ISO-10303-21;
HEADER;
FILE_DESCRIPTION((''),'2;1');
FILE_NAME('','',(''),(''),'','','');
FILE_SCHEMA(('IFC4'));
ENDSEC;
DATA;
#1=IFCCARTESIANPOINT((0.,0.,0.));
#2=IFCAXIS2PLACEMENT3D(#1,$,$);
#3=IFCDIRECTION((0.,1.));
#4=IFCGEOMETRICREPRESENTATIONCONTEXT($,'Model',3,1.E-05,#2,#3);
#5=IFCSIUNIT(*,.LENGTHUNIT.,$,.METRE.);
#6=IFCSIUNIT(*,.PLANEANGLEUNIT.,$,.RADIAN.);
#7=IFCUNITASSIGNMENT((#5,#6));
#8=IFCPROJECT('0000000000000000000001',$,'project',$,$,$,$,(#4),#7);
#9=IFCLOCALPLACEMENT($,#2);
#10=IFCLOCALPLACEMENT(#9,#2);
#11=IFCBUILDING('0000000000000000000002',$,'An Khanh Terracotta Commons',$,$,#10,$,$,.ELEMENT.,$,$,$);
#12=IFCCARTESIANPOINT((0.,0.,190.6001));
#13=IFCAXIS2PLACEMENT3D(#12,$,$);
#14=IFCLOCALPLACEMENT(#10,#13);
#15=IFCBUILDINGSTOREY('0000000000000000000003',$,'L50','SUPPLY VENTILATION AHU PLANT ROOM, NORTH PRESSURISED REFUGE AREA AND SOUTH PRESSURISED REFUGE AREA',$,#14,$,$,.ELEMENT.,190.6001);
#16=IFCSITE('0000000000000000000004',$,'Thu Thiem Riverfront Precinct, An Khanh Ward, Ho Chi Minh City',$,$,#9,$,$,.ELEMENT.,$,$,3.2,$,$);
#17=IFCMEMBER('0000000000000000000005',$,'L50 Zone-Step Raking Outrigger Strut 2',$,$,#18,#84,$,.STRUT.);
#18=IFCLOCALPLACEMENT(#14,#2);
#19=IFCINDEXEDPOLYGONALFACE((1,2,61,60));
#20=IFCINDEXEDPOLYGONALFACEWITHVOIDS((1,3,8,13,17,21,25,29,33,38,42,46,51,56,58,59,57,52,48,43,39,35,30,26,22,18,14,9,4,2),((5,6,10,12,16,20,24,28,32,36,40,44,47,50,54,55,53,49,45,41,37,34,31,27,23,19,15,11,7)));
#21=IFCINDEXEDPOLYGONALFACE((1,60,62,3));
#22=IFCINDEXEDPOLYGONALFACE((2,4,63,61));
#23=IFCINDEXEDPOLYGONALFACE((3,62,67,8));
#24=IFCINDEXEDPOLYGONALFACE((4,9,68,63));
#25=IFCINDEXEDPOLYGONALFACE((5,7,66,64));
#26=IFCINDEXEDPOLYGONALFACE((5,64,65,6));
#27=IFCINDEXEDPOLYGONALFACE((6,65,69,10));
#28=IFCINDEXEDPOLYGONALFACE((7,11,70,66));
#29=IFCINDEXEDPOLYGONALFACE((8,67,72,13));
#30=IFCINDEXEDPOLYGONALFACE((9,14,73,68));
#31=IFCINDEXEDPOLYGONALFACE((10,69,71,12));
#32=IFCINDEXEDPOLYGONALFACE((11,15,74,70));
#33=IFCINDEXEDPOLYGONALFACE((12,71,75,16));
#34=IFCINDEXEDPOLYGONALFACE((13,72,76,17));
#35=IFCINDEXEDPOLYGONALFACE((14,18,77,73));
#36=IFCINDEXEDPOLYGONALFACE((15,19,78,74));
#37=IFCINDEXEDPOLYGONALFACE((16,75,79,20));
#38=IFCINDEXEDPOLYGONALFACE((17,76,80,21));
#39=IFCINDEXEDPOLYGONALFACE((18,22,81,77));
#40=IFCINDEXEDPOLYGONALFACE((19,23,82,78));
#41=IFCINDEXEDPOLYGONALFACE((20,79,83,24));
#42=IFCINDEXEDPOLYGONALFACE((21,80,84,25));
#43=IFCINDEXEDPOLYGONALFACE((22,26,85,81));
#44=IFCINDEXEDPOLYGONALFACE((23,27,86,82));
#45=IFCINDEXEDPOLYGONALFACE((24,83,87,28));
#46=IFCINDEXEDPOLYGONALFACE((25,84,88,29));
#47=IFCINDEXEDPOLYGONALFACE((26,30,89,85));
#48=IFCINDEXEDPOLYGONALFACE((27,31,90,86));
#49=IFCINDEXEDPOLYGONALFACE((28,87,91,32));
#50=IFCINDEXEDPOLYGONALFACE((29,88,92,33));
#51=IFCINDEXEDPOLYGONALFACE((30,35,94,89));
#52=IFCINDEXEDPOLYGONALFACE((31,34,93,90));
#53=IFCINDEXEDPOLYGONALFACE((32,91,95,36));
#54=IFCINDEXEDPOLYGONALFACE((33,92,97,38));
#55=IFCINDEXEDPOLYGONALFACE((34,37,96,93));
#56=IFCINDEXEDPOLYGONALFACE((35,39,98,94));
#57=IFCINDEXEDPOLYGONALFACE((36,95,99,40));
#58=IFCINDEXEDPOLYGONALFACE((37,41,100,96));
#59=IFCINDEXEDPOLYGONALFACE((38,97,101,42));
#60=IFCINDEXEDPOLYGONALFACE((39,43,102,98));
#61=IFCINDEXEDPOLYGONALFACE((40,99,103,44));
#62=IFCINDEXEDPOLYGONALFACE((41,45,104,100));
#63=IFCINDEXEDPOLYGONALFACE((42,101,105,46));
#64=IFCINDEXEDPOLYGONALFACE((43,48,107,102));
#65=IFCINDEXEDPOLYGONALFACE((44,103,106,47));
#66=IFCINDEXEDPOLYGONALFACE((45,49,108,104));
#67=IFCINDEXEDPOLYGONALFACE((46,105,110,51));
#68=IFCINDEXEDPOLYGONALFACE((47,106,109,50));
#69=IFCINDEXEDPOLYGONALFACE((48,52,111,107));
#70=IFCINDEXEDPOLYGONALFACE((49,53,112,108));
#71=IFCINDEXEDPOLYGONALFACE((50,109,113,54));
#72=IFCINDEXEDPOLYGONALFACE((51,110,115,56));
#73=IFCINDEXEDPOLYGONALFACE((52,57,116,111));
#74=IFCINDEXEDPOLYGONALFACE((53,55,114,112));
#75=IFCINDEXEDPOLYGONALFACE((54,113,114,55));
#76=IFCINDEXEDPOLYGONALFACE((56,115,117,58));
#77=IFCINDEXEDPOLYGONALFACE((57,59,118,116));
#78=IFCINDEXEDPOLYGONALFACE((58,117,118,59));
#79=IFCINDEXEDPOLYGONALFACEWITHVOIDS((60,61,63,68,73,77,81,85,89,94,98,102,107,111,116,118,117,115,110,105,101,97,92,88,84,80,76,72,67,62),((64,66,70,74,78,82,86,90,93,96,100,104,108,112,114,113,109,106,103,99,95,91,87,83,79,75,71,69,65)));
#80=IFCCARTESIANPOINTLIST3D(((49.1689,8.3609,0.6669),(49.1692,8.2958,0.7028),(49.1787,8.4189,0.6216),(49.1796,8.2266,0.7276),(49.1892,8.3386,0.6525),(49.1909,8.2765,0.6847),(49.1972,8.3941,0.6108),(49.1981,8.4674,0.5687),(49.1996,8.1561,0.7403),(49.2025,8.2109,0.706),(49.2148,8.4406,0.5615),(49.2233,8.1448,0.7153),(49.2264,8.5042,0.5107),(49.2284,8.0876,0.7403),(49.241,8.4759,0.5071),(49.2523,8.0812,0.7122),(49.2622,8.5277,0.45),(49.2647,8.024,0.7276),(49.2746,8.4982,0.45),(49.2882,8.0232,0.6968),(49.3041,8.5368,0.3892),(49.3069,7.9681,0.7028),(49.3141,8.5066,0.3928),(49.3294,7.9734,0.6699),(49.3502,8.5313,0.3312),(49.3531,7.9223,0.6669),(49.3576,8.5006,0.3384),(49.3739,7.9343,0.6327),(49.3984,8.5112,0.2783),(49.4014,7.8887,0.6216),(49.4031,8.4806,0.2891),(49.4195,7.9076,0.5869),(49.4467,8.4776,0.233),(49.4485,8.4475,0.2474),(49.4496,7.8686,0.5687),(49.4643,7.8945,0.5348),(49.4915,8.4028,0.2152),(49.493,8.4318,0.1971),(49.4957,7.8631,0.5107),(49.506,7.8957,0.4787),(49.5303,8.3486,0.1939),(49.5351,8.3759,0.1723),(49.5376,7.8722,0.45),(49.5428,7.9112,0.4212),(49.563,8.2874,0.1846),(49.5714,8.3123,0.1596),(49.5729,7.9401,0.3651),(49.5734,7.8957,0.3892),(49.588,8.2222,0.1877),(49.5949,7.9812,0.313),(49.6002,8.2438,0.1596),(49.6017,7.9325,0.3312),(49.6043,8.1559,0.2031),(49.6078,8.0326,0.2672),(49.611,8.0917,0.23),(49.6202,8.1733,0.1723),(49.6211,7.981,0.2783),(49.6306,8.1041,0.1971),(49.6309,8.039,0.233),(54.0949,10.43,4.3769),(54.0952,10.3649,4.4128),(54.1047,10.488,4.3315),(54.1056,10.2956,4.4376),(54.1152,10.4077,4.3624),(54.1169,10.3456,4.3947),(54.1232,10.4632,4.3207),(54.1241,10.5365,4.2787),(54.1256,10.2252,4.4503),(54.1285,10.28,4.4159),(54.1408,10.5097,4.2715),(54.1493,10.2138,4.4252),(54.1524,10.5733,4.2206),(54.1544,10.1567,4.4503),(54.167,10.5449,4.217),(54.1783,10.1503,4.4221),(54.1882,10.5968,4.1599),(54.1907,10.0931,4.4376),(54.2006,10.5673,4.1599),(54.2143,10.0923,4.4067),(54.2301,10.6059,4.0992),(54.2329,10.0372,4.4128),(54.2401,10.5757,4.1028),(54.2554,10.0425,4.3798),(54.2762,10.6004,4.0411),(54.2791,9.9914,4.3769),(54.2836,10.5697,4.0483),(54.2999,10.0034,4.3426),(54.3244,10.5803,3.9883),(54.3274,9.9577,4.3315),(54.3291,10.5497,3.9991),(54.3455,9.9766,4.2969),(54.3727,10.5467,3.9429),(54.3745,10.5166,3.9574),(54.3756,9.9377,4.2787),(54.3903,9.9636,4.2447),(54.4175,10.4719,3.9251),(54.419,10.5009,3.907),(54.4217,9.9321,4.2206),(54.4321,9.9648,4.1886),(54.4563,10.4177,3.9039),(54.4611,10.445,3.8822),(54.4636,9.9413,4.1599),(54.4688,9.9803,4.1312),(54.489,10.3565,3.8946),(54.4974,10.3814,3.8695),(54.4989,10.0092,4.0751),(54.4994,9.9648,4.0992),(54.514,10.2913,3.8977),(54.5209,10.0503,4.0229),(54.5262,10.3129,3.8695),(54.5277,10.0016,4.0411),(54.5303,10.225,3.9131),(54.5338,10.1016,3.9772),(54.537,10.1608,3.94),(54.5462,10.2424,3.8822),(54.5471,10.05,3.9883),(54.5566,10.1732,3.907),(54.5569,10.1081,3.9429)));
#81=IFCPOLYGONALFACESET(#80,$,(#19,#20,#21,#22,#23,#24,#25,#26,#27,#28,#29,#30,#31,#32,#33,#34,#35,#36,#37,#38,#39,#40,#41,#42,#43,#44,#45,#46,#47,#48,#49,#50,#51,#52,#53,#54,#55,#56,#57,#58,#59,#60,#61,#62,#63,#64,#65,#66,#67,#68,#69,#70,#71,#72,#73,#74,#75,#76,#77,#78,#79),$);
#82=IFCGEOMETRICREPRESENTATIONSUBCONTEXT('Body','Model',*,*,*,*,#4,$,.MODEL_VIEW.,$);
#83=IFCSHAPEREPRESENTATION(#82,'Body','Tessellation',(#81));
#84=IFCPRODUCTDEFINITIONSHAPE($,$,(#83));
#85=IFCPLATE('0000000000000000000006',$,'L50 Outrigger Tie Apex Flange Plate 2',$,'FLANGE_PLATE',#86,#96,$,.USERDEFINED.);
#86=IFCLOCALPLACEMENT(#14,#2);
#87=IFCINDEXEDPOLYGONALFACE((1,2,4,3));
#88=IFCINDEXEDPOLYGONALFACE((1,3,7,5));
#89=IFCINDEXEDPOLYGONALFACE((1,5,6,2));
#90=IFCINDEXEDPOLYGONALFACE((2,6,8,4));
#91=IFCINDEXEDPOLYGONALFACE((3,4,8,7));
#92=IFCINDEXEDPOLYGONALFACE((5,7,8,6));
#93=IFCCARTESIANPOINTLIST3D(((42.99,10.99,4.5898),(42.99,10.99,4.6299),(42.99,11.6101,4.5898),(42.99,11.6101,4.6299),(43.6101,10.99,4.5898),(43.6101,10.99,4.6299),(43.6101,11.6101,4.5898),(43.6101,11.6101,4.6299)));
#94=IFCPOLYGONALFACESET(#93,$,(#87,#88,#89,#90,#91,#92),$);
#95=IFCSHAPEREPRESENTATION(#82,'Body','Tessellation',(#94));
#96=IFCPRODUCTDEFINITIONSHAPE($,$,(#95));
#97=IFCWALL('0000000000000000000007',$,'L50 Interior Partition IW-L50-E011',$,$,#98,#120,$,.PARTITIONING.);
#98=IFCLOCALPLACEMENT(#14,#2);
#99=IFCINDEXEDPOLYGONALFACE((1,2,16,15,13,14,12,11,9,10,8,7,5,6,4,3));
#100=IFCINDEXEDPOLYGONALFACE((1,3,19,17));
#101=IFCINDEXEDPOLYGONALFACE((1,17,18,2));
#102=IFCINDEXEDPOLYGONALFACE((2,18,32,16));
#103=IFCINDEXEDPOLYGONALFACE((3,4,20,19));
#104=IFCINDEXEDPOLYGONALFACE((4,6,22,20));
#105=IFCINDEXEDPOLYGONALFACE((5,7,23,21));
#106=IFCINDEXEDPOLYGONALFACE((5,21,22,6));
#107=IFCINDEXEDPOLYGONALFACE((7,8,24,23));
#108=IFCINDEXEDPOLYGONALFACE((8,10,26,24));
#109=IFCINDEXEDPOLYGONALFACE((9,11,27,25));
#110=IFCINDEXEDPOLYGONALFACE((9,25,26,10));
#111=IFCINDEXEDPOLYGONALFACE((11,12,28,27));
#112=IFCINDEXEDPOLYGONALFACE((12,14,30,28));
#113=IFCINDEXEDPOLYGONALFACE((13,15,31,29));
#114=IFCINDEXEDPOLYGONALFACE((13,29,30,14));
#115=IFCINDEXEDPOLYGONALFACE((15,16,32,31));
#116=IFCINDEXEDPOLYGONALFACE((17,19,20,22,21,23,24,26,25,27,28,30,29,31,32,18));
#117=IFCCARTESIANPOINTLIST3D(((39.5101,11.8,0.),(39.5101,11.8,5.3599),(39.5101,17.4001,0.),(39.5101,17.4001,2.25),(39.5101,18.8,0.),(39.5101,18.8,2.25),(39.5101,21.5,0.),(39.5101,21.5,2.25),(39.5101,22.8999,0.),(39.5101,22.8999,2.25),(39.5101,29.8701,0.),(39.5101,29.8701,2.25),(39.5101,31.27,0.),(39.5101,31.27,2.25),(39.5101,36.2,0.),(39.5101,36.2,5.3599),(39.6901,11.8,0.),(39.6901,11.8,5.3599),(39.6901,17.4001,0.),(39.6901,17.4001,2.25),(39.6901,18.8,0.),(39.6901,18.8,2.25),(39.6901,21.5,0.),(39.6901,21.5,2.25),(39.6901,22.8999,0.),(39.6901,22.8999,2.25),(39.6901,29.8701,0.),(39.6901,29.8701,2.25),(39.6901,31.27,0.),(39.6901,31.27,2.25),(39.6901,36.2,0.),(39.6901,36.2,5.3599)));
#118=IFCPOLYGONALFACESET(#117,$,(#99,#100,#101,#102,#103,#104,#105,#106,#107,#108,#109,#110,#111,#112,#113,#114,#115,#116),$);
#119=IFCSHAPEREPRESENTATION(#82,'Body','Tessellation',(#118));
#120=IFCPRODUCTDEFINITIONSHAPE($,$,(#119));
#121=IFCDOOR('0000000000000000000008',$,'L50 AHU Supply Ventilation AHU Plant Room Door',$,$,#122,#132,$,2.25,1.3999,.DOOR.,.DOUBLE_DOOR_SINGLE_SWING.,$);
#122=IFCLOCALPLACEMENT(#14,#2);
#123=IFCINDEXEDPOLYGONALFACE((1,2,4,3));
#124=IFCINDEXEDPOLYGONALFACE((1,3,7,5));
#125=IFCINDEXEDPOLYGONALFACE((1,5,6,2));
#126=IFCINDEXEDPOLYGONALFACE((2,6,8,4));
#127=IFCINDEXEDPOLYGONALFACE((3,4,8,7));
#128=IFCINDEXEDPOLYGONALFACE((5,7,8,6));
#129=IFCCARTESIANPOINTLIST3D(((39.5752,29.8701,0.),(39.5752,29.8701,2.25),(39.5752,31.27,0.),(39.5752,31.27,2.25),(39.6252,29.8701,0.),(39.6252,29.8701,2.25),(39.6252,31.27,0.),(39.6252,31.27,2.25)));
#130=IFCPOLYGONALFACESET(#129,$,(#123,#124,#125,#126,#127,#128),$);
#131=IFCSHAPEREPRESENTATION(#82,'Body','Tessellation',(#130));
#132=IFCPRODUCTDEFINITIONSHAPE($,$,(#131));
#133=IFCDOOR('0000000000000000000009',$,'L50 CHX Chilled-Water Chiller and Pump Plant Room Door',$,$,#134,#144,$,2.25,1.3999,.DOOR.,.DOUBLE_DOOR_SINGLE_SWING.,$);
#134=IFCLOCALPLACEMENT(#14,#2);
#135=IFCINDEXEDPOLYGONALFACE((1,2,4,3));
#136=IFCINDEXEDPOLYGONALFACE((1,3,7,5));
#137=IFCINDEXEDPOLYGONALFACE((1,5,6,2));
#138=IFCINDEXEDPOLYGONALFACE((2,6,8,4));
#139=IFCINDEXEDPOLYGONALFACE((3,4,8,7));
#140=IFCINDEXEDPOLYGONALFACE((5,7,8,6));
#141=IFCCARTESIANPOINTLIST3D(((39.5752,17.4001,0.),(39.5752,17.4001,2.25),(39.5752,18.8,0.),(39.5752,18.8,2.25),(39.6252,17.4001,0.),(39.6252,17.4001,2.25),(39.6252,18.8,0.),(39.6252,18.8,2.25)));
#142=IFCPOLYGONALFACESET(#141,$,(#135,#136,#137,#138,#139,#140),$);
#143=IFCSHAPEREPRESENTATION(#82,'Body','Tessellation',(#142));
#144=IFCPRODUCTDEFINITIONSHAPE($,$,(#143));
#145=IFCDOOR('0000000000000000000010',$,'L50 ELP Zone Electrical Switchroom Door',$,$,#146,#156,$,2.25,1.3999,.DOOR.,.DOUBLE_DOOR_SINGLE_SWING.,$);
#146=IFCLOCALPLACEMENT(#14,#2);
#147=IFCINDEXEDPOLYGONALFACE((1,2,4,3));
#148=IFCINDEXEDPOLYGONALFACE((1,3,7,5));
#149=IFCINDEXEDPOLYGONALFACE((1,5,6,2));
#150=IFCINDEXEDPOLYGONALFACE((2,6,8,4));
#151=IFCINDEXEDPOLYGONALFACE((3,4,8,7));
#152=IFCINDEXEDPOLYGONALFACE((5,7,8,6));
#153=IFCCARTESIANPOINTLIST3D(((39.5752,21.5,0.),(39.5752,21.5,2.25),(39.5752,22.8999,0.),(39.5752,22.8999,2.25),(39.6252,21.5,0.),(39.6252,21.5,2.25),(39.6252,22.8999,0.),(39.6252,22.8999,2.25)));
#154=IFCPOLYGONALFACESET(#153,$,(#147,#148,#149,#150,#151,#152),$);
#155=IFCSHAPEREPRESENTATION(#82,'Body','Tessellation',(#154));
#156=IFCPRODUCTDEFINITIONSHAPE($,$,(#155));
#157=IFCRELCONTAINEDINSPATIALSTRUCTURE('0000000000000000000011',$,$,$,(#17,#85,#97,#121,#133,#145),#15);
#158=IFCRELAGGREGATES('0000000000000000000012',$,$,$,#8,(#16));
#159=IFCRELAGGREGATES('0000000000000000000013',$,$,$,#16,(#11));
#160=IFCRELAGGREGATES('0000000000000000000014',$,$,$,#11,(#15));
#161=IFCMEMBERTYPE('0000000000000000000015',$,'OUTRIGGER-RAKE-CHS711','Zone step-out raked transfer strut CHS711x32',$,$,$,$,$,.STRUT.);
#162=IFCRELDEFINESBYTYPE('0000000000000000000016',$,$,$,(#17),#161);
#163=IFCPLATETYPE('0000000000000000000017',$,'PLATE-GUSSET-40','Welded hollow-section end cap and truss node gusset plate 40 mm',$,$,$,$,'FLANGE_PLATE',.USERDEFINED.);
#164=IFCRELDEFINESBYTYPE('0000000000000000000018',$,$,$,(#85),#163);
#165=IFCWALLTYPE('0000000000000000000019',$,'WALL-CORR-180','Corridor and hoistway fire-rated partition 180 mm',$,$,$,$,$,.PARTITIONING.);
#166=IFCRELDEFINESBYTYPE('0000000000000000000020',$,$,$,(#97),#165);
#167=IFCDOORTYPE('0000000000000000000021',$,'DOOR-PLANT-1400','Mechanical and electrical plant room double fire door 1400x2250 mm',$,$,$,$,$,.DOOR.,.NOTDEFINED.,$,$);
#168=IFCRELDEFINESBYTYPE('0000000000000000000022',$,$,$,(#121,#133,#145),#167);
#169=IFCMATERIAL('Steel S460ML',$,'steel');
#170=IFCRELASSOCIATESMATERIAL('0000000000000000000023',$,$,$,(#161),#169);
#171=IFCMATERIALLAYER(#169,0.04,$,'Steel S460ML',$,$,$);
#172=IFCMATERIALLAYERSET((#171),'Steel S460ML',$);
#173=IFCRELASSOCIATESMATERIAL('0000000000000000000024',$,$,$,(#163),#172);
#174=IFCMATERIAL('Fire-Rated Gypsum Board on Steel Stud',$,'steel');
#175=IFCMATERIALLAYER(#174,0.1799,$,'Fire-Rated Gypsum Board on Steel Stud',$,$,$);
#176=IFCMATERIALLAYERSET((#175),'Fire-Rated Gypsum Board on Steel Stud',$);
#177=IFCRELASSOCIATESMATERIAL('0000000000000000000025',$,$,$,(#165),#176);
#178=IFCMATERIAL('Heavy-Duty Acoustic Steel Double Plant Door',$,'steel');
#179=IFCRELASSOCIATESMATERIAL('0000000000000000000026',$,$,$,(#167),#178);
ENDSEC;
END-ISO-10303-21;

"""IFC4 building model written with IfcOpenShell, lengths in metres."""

from ifc_helpers import new_model, si_unit, direction, frame, frame_2d, origin, origin_2d, place, context, subcontext, project, spatial, rectangle, hollow_circle, extrude, material, layer, layer_set, material_profile, profile_set, type_object, element, fill, save


model = new_model("IFC4")

# Units and contexts
model_context = context("Model", 3, precision=1e-05, world=origin(), true_north=direction((0.0, 1.0)))
body_context = subcontext(model_context, "Body", "Model", "MODEL_VIEW")
ifc_project = project(units=[si_unit("LENGTHUNIT", "METRE"), si_unit("PLANEANGLEUNIT", "RADIAN")], contexts=[model_context])

# Site, building, storey
site_placement = place(None, origin())
site = spatial("IfcSite", under=ifc_project, at=site_placement, Name="Thu Thiem Riverfront Precinct, An Khanh Ward, Ho Chi Minh City", CompositionType="ELEMENT", RefElevation=3.2)
building_placement = place(site_placement, origin())
building = spatial("IfcBuilding", under=site, at=building_placement, Name="An Khanh Terracotta Commons", CompositionType="ELEMENT")
storey_placement = place(building_placement, frame((0.0, 0.0, 190.6001)))
storey = spatial("IfcBuildingStorey", under=building, at=storey_placement, Name="L50", Description="SUPPLY VENTILATION AHU PLANT ROOM, NORTH PRESSURISED REFUGE AREA AND SOUTH PRESSURISED REFUGE AREA", CompositionType="ELEMENT", Elevation=190.6001)

# Shared definitions
ifc_material_1 = material(Name="Steel S460ML", Category="steel")

# Member
ifc_material_profile_1 = material_profile(ifc_material_1, hollow_circle(Radius=0.3555, WallThickness=0.032, at=origin_2d()), Name="CHS711x32")
ifc_profile_set_1 = profile_set([ifc_material_profile_1], Name="Steel S460ML")
member_type_1 = type_object("IfcMemberType", Name="OUTRIGGER-RAKE-CHS711", Description="Zone step-out raked transfer strut CHS711x32", PredefinedType="STRUT", material=ifc_profile_set_1)
member_1_placement = place(storey_placement, frame((49.3999, 8.2, 0.45), z_axis=(0.757306, 0.318093, 0.570354), x_axis=(-0.387258, 0.921971, 0.0)))
element("IfcMember", 1, at=member_1_placement, inside=storey, type_object=member_type_1, Name="L50 Zone-Step Raking Outrigger Strut 2", PredefinedType="STRUT", context=body_context, shape_type="SweptSolid", body=[
    extrude(hollow_circle(Radius=0.3555, WallThickness=0.032, at=origin_2d()), origin(), (0.0, 0.0, 1.0), 6.5046),
])

# Plate
ifc_layer_1 = layer(ifc_material_1, 0.04, Name="Steel S460ML")
ifc_layer_set_1 = layer_set([ifc_layer_1], Name="Steel S460ML")
plate_type = type_object("IfcPlateType", Name="PLATE-GUSSET-40", Description="Welded hollow-section end cap and truss node gusset plate 40 mm", ElementType="FLANGE_PLATE", PredefinedType="USERDEFINED", material=ifc_layer_set_1)
plate_placement = place(storey_placement, frame((43.3, 11.3, 4.5898), z_axis=(0.0, 0.0, 1.0), x_axis=(1.0, 0.0, 0.0)))
element("IfcPlate", 2, at=plate_placement, inside=storey, type_object=plate_type, Name="L50 Outrigger Tie Apex Flange Plate 2", ObjectType="FLANGE_PLATE", PredefinedType="USERDEFINED", context=body_context, shape_type="SweptSolid", body=[
    extrude(rectangle(XDim=0.6201, YDim=0.6201, at=origin_2d()), origin(), (0.0, 0.0, 1.0), 0.04),
])

# Wall, openings, doors
ifc_material_2 = material(Name="Fire-Rated Gypsum Board on Steel Stud", Category="steel")
ifc_layer_2 = layer(ifc_material_2, 0.1799, Name="Fire-Rated Gypsum Board on Steel Stud")
ifc_layer_set_2 = layer_set([ifc_layer_2], Name="Fire-Rated Gypsum Board on Steel Stud")
wall_type = type_object("IfcWallType", Name="WALL-CORR-180", Description="Corridor and hoistway fire-rated partition 180 mm", PredefinedType="PARTITIONING", material=ifc_layer_set_2)
wall_placement = place(storey_placement, frame((39.6001, 11.8, 0.0), z_axis=(0.0, 0.0, 1.0), x_axis=(0.0, 1.0, 0.0)))
wall = element("IfcWall", 3, at=wall_placement, inside=storey, type_object=wall_type, Name="L50 Interior Partition IW-L50-E011", PredefinedType="PARTITIONING", context=body_context, shape_type="SweptSolid", body=[
    extrude(rectangle(XDim=24.3999, YDim=0.1799, at=frame_2d((12.2, 0.0))), origin(), (0.0, 0.0, 1.0), 5.3599),
])
opening_1_placement = place(wall_placement, frame((18.0701, 0.0, 0.0)))
opening_1 = element("IfcOpeningElement", 4, at=opening_1_placement, cuts=wall, PredefinedType="OPENING", context=body_context, shape_type="SweptSolid", body=[
    extrude(rectangle(XDim=1.3999, YDim=2.25, at=frame_2d((0.7, 1.125))), frame((0.0, 0.0999, 0.0), z_axis=(0.0, -1.0, 0.0), x_axis=(1.0, 0.0, 0.0)), (0.0, 0.0, 1.0), 0.2),
])
opening_2_placement = place(wall_placement, frame((5.6001, 0.0, 0.0)))
opening_2 = element("IfcOpeningElement", 5, at=opening_2_placement, cuts=wall, PredefinedType="OPENING", context=body_context, shape_type="SweptSolid", body=[
    extrude(rectangle(XDim=1.3999, YDim=2.25, at=frame_2d((0.7, 1.125))), frame((0.0, 0.0999, 0.0), z_axis=(0.0, -1.0, 0.0), x_axis=(1.0, 0.0, 0.0)), (0.0, 0.0, 1.0), 0.2),
])
opening_3_placement = place(wall_placement, frame((9.7, 0.0, 0.0)))
opening_3 = element("IfcOpeningElement", 6, at=opening_3_placement, cuts=wall, PredefinedType="OPENING", context=body_context, shape_type="SweptSolid", body=[
    extrude(rectangle(XDim=1.3999, YDim=2.25, at=frame_2d((0.7, 1.125))), frame((0.0, 0.0999, 0.0), z_axis=(0.0, -1.0, 0.0), x_axis=(1.0, 0.0, 0.0)), (0.0, 0.0, 1.0), 0.2),
])
ifc_material_3 = material(Name="Heavy-Duty Acoustic Steel Double Plant Door", Category="steel")
door_type = type_object("IfcDoorType", Name="DOOR-PLANT-1400", Description="Mechanical and electrical plant room double fire door 1400x2250 mm", OperationType="NOTDEFINED", PredefinedType="DOOR", material=ifc_material_3)
door_1_placement = place(opening_1_placement, origin())
door_1 = element("IfcDoor", 7, at=door_1_placement, inside=storey, type_object=door_type, Name="L50 AHU Supply Ventilation AHU Plant Room Door", OperationType="DOUBLE_DOOR_SINGLE_SWING", OverallHeight=2.25, OverallWidth=1.3999, PredefinedType="DOOR", context=body_context, shape_type="SweptSolid", body=[
    extrude(rectangle(XDim=1.3999, YDim=2.25, at=frame_2d((0.7, 1.125))), frame((0.0, 0.0249, 0.0), z_axis=(0.0, -1.0, 0.0), x_axis=(1.0, 0.0, 0.0)), (0.0, 0.0, 1.0), 0.05),
])
fill(opening_1, door_1)
door_2_placement = place(opening_2_placement, origin())
door_2 = element("IfcDoor", 8, at=door_2_placement, inside=storey, type_object=door_type, Name="L50 CHX Chilled-Water Chiller and Pump Plant Room Door", OperationType="DOUBLE_DOOR_SINGLE_SWING", OverallHeight=2.25, OverallWidth=1.3999, PredefinedType="DOOR", context=body_context, shape_type="SweptSolid", body=[
    extrude(rectangle(XDim=1.3999, YDim=2.25, at=frame_2d((0.7, 1.125))), frame((0.0, 0.0249, 0.0), z_axis=(0.0, -1.0, 0.0), x_axis=(1.0, 0.0, 0.0)), (0.0, 0.0, 1.0), 0.05),
])
fill(opening_2, door_2)
door_3_placement = place(opening_3_placement, origin())
door_3 = element("IfcDoor", 9, at=door_3_placement, inside=storey, type_object=door_type, Name="L50 ELP Zone Electrical Switchroom Door", OperationType="DOUBLE_DOOR_SINGLE_SWING", OverallHeight=2.25, OverallWidth=1.3999, PredefinedType="DOOR", context=body_context, shape_type="SweptSolid", body=[
    extrude(rectangle(XDim=1.3999, YDim=2.25, at=frame_2d((0.7, 1.125))), frame((0.0, 0.0249, 0.0), z_axis=(0.0, -1.0, 0.0), x_axis=(1.0, 0.0, 0.0)), (0.0, 0.0, 1.0), 0.05),
])
fill(opening_3, door_3)

save(model, "model.ifc")
